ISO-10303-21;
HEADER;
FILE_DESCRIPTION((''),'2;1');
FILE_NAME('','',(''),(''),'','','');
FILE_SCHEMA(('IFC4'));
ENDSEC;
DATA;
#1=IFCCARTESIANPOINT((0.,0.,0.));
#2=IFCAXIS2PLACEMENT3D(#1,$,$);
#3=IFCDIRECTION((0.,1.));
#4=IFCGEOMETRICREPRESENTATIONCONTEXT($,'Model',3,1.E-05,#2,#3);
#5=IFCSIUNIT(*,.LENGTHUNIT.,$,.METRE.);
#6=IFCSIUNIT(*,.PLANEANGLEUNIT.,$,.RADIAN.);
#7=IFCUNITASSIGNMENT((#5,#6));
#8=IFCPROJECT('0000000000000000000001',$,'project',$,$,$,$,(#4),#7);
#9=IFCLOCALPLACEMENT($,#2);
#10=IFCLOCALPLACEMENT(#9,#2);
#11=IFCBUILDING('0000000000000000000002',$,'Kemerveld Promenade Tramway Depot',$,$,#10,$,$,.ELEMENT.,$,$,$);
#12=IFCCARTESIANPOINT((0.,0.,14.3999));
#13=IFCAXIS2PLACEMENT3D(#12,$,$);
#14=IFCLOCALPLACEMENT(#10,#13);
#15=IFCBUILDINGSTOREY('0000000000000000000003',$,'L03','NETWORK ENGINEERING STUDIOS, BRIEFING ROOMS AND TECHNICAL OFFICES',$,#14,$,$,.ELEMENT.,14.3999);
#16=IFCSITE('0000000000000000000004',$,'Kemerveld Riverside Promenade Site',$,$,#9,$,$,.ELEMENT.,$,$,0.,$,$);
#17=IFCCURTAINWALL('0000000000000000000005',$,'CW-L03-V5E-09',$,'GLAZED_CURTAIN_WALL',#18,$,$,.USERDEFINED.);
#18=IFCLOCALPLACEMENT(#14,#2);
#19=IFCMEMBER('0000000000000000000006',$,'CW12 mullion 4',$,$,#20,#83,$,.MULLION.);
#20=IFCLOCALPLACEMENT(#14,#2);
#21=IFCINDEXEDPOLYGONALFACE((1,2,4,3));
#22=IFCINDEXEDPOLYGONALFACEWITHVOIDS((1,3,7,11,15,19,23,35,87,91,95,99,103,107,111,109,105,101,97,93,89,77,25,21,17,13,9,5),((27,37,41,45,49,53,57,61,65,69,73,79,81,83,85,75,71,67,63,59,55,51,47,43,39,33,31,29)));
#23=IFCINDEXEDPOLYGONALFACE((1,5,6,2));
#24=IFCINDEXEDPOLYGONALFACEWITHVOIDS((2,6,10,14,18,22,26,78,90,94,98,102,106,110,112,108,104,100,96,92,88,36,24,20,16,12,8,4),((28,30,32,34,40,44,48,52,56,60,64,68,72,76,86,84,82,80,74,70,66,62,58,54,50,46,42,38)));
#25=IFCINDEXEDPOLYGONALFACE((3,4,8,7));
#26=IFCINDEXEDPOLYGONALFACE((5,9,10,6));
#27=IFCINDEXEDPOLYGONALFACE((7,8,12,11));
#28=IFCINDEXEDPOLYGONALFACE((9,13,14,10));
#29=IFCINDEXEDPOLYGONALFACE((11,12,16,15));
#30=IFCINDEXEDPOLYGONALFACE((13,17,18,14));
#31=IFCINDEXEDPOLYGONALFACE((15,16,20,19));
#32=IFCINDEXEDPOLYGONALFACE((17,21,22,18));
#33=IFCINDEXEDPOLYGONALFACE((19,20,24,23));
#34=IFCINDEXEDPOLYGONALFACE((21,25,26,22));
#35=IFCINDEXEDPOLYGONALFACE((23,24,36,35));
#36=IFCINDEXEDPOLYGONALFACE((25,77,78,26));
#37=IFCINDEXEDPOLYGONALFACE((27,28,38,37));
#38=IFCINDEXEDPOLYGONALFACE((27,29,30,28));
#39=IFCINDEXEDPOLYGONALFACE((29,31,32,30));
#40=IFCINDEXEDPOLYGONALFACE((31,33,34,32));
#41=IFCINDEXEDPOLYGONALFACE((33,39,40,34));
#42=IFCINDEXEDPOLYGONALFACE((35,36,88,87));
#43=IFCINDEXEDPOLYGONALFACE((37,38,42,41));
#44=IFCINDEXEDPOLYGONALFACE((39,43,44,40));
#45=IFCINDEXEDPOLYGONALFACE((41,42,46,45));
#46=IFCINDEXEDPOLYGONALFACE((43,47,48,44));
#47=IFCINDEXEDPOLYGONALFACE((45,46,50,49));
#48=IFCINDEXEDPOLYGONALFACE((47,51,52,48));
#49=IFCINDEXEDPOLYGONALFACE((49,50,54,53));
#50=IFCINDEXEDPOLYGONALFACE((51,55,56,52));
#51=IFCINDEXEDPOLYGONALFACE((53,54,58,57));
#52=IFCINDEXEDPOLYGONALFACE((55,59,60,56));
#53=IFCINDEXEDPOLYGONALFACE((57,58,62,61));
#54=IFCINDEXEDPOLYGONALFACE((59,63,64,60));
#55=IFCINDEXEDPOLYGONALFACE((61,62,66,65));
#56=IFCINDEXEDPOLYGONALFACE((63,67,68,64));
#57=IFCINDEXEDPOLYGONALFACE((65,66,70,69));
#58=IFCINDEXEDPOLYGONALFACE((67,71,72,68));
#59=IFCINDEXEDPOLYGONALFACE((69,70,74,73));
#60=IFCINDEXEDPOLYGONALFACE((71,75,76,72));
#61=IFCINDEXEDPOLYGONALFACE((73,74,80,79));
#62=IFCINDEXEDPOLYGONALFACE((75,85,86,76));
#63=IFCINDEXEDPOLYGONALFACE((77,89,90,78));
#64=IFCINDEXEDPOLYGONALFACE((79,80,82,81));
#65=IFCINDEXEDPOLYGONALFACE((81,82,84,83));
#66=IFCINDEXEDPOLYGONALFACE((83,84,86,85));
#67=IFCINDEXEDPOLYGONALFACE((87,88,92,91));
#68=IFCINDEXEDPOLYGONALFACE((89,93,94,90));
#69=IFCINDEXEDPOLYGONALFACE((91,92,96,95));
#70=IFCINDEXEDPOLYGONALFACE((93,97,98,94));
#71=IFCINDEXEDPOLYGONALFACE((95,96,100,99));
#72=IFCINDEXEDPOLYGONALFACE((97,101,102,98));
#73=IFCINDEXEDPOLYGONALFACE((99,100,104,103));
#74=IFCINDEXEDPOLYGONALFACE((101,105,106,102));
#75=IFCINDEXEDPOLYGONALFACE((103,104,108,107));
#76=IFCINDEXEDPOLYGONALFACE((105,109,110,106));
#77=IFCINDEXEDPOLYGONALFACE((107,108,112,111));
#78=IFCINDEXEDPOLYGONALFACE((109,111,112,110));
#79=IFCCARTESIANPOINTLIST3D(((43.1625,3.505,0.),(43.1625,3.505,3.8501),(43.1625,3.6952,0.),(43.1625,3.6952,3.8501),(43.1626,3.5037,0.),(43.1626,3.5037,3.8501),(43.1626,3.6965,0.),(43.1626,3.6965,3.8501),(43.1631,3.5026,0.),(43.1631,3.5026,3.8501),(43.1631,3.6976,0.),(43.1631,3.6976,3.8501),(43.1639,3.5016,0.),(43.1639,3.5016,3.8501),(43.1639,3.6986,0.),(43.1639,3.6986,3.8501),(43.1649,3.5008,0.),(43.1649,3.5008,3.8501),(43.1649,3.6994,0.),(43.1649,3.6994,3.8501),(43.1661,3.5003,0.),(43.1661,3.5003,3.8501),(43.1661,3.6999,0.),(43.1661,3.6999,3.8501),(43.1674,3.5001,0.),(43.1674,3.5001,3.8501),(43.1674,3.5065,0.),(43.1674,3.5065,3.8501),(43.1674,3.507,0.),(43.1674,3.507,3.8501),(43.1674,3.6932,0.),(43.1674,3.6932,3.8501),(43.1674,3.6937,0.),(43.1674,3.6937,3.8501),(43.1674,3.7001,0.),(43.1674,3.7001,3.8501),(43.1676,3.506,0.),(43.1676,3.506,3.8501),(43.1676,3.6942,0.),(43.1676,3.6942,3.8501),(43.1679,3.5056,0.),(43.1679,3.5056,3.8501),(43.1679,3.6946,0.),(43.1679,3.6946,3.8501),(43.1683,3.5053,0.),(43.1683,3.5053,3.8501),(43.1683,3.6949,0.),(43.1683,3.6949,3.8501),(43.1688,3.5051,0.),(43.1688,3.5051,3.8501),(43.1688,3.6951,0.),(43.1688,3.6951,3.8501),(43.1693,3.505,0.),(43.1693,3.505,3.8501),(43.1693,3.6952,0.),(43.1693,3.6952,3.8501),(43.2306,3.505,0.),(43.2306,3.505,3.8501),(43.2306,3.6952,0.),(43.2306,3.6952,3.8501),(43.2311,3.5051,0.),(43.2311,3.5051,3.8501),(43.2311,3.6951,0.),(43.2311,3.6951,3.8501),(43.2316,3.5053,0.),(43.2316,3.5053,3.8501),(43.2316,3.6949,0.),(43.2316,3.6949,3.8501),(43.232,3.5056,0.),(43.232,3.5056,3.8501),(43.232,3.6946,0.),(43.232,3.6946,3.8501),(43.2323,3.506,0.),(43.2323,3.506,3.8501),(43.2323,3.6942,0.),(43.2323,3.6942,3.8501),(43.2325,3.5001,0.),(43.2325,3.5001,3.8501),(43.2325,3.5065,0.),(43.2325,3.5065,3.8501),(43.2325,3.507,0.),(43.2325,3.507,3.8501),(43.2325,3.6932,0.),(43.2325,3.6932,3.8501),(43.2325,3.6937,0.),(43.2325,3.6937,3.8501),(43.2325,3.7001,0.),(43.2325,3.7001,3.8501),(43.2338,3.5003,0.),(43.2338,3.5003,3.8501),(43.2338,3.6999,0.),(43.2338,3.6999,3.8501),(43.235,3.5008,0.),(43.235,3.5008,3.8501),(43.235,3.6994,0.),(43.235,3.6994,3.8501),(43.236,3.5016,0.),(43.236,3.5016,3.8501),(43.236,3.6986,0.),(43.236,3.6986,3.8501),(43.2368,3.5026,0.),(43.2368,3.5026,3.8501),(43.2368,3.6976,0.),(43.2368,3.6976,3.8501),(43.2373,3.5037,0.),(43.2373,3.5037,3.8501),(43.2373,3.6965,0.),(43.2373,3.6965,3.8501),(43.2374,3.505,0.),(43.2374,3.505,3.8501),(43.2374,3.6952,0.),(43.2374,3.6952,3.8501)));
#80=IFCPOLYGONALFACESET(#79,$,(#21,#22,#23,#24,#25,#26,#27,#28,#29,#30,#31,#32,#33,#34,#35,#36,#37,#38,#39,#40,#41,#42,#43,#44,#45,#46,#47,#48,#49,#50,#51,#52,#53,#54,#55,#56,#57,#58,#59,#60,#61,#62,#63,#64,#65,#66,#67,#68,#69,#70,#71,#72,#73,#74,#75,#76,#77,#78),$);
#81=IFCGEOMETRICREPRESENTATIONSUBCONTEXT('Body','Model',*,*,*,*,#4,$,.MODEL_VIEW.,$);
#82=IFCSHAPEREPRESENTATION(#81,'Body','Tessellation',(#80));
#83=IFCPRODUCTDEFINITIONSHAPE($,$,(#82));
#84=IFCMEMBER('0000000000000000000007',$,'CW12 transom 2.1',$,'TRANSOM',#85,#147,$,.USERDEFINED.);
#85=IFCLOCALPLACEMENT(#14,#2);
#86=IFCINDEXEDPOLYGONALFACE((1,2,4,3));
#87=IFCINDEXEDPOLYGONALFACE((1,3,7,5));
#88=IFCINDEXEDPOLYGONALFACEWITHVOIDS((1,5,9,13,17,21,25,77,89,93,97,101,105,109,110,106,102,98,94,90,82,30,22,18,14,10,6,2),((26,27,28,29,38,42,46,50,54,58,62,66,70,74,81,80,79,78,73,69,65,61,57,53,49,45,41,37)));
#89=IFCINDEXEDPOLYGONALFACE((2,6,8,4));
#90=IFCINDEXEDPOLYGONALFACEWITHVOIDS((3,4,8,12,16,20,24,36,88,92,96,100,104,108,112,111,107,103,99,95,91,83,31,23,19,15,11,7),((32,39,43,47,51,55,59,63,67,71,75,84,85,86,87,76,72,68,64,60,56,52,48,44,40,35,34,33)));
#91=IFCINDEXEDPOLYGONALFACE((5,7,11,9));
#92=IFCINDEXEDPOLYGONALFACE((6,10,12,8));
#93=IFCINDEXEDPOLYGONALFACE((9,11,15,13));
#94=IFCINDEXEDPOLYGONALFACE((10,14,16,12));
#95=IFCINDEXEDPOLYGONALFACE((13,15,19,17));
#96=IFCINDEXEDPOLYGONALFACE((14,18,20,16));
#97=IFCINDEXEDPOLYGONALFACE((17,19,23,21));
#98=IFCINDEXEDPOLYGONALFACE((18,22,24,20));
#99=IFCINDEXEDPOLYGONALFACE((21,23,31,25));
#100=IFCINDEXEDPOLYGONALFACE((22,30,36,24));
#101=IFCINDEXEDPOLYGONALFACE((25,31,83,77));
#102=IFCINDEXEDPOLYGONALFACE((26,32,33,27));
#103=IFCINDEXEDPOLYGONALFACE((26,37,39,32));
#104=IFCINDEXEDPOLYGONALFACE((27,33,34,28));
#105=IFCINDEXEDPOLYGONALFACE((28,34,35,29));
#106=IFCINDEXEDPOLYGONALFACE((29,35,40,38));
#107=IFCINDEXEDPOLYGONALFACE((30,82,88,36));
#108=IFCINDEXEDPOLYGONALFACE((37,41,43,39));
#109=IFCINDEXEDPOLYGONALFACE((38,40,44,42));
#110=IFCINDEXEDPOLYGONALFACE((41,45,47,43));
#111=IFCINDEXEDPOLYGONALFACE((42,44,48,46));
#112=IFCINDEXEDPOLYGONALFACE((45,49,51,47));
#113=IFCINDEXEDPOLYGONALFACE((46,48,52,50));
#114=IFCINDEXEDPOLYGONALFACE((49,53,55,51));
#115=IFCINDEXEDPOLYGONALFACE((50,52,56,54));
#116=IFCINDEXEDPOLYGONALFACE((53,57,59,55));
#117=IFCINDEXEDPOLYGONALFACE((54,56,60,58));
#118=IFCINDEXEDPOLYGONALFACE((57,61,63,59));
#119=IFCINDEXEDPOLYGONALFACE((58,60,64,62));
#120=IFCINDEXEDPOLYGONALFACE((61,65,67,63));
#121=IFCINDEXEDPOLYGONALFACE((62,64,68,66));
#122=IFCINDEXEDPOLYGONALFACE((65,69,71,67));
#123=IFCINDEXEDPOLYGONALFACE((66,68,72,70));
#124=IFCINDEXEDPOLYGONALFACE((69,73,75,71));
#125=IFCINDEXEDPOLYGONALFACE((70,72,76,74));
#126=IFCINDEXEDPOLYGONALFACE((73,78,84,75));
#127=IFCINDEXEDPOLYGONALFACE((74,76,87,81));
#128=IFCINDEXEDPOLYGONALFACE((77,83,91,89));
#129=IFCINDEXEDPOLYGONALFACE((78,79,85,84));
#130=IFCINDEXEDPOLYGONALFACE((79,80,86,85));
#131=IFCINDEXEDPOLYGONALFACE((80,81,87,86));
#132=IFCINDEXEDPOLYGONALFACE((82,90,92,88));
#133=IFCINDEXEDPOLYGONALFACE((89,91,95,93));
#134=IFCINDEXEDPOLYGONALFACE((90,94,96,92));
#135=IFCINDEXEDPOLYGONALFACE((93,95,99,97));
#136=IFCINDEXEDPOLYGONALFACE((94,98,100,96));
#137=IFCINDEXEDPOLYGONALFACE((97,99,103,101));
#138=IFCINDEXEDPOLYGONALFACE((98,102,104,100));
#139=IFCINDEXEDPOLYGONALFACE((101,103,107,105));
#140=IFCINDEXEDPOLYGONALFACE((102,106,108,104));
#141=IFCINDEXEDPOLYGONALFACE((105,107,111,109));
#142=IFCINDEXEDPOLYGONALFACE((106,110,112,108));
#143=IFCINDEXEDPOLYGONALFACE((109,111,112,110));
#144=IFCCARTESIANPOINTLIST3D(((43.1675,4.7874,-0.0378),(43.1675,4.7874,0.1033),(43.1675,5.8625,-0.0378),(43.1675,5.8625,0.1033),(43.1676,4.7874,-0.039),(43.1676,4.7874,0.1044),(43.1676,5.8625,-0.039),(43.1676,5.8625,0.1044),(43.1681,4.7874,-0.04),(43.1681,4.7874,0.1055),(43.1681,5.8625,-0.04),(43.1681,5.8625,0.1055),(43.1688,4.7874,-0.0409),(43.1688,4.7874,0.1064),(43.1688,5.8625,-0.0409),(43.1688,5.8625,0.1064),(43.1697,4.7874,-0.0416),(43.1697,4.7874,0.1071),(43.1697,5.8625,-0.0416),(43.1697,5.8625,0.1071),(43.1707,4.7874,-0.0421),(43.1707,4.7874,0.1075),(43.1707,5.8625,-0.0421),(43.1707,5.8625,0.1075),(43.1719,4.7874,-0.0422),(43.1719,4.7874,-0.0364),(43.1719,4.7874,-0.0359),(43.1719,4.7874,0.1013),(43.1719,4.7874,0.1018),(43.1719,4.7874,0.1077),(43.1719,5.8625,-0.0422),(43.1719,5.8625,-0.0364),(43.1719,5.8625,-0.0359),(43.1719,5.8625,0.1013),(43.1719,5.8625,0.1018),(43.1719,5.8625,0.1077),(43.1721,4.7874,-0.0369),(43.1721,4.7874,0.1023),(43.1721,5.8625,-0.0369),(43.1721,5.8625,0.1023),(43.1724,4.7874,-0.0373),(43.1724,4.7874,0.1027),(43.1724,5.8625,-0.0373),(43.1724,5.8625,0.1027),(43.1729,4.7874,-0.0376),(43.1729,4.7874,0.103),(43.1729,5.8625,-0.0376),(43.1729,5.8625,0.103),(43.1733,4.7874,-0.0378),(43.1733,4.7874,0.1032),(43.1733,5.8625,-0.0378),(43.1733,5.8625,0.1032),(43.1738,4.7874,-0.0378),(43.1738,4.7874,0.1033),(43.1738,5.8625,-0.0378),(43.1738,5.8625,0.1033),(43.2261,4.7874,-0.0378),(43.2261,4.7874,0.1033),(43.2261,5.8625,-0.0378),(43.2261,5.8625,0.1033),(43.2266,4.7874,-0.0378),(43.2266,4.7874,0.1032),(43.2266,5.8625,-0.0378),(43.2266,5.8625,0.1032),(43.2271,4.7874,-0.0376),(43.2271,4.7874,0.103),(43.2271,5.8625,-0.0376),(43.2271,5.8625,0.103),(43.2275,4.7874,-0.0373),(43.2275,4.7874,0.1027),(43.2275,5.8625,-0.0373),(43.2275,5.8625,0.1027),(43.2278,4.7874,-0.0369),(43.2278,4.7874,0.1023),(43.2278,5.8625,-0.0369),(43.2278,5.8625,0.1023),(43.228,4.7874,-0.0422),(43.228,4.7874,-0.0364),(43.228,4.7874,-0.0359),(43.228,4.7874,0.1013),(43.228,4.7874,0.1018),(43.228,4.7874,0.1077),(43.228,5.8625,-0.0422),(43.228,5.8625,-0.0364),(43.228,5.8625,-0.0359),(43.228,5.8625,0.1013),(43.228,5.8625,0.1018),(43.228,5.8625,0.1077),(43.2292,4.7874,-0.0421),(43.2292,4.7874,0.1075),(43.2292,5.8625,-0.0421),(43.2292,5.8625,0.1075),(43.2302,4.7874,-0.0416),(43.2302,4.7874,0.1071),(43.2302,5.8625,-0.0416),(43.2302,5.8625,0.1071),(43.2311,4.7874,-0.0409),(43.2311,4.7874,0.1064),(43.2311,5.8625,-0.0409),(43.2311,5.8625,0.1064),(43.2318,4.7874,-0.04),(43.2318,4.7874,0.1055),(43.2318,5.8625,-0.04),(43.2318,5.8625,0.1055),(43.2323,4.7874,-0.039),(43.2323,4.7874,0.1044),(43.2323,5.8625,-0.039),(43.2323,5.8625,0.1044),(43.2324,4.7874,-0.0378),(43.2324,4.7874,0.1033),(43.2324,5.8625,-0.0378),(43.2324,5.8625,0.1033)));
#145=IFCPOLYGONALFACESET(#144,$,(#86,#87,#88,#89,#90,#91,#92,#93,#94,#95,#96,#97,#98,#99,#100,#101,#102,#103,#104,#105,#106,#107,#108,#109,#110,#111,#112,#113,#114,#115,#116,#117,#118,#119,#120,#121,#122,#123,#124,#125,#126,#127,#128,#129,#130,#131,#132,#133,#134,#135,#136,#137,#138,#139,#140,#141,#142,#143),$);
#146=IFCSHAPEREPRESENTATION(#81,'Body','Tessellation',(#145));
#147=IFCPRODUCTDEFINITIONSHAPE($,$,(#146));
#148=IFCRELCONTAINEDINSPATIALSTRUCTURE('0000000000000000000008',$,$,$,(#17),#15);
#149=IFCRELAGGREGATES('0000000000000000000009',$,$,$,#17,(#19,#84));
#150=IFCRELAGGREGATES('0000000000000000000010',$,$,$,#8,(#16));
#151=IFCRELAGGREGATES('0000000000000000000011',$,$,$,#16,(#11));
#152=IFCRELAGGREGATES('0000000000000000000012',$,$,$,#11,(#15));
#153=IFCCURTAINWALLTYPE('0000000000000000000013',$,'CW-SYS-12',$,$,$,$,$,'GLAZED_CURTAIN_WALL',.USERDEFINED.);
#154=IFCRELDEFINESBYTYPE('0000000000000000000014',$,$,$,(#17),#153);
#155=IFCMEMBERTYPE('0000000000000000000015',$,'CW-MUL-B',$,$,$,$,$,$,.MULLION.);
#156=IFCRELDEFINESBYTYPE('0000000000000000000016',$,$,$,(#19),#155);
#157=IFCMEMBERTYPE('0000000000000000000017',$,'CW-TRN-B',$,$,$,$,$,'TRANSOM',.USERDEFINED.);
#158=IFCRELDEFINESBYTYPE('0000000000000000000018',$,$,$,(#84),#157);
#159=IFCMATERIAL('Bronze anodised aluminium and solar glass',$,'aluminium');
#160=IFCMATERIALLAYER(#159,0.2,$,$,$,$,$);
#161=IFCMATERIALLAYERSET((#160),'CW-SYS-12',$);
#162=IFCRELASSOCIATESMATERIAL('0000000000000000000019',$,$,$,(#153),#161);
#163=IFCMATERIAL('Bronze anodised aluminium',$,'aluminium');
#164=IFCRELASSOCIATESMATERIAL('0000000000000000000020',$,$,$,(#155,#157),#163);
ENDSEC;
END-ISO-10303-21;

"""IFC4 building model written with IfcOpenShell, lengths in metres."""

from ifc_helpers import new_model, si_unit, direction, frame, origin, origin_2d, place, context, subcontext, project, spatial, hollow_rectangle, extrude, material, layer, layer_set, material_profile, profile_set, type_object, element, aggregate, save


model = new_model("IFC4")

# Units and contexts
model_context = context("Model", 3, precision=1e-05, world=origin(), true_north=direction((0.0, 1.0)))
body_context = subcontext(model_context, "Body", "Model", "MODEL_VIEW")
ifc_project = project(units=[si_unit("LENGTHUNIT", "METRE"), si_unit("PLANEANGLEUNIT", "RADIAN")], contexts=[model_context])

# Site, building, storey
site_placement = place(None, origin())
site = spatial("IfcSite", under=ifc_project, at=site_placement, Name="Kemerveld Riverside Promenade Site", CompositionType="ELEMENT", RefElevation=0.0)
building_placement = place(site_placement, origin())
building = spatial("IfcBuilding", under=site, at=building_placement, Name="Kemerveld Promenade Tramway Depot", CompositionType="ELEMENT")
storey_placement = place(building_placement, frame((0.0, 0.0, 14.3999)))
storey = spatial("IfcBuildingStorey", under=building, at=storey_placement, Name="L03", Description="NETWORK ENGINEERING STUDIOS, BRIEFING ROOMS AND TECHNICAL OFFICES", CompositionType="ELEMENT", Elevation=14.3999)

# Curtain wall, members
ifc_material_1 = material(Name="Bronze anodised aluminium and solar glass", Category="aluminium")
ifc_layer_1 = layer(ifc_material_1, 0.2)
ifc_layer_set_1 = layer_set([ifc_layer_1], Name="CW-SYS-12")
curtain_wall_type = type_object("IfcCurtainWallType", Name="CW-SYS-12", ElementType="GLAZED_CURTAIN_WALL", PredefinedType="USERDEFINED", material=ifc_layer_set_1)
curtain_wall_placement = place(storey_placement, origin())
curtain_wall = element("IfcCurtainWall", 1, at=curtain_wall_placement, inside=storey, type_object=curtain_wall_type, Name="CW-L03-V5E-09", ObjectType="GLAZED_CURTAIN_WALL", PredefinedType="USERDEFINED")
ifc_material_2 = material(Name="Bronze anodised aluminium", Category="aluminium")
ifc_material_profile_1 = material_profile(ifc_material_2, hollow_rectangle(XDim=0.075, YDim=0.2, WallThickness=0.0049, InnerFilletRadius=0.002, OuterFilletRadius=0.0049, at=origin_2d()), Name="CW-MUL-200x75")
ifc_profile_set_1 = profile_set([ifc_material_profile_1], Name="Bronze anodised aluminium")
member_type_1 = type_object("IfcMemberType", Name="CW-MUL-B", PredefinedType="MULLION", material=ifc_profile_set_1)
member_1_placement = place(storey_placement, frame((43.2, 3.6001, 0.0), z_axis=(0.0, 0.0, 1.0), x_axis=(1.0, 0.0, 0.0)))
member_1 = element("IfcMember", 2, at=member_1_placement, type_object=member_type_1, Name="CW12 mullion 4", PredefinedType="MULLION", context=body_context, shape_type="SweptSolid", body=[
    extrude(hollow_rectangle(XDim=0.075, YDim=0.2, WallThickness=0.0049, InnerFilletRadius=0.002, OuterFilletRadius=0.0049, at=origin_2d()), origin(), (0.0, 0.0, 1.0), 3.8501),
])
ifc_material_profile_2 = material_profile(ifc_material_2, hollow_rectangle(XDim=0.0649, YDim=0.1499, WallThickness=0.0044, InnerFilletRadius=0.002, OuterFilletRadius=0.0044, at=origin_2d()), Name="CW-TRN-150x65")
ifc_profile_set_2 = profile_set([ifc_material_profile_2], Name="Bronze anodised aluminium")
member_type_2 = type_object("IfcMemberType", Name="CW-TRN-B", ElementType="TRANSOM", PredefinedType="USERDEFINED", material=ifc_profile_set_2)
member_2_placement = place(storey_placement, frame((43.2, 5.8625, 0.0327), z_axis=(0.0, -1.0, 0.0), x_axis=(1.0, 0.0, 0.0)))
member_2 = element("IfcMember", 3, at=member_2_placement, type_object=member_type_2, Name="CW12 transom 2.1", ObjectType="TRANSOM", PredefinedType="USERDEFINED", context=body_context, shape_type="SweptSolid", body=[
    extrude(hollow_rectangle(XDim=0.0649, YDim=0.1499, WallThickness=0.0044, InnerFilletRadius=0.002, OuterFilletRadius=0.0044, at=origin_2d()), origin(), (0.0, 0.0, 1.0), 1.0752),
])
aggregate(curtain_wall, [member_1, member_2])

save(model, "model.ifc")
